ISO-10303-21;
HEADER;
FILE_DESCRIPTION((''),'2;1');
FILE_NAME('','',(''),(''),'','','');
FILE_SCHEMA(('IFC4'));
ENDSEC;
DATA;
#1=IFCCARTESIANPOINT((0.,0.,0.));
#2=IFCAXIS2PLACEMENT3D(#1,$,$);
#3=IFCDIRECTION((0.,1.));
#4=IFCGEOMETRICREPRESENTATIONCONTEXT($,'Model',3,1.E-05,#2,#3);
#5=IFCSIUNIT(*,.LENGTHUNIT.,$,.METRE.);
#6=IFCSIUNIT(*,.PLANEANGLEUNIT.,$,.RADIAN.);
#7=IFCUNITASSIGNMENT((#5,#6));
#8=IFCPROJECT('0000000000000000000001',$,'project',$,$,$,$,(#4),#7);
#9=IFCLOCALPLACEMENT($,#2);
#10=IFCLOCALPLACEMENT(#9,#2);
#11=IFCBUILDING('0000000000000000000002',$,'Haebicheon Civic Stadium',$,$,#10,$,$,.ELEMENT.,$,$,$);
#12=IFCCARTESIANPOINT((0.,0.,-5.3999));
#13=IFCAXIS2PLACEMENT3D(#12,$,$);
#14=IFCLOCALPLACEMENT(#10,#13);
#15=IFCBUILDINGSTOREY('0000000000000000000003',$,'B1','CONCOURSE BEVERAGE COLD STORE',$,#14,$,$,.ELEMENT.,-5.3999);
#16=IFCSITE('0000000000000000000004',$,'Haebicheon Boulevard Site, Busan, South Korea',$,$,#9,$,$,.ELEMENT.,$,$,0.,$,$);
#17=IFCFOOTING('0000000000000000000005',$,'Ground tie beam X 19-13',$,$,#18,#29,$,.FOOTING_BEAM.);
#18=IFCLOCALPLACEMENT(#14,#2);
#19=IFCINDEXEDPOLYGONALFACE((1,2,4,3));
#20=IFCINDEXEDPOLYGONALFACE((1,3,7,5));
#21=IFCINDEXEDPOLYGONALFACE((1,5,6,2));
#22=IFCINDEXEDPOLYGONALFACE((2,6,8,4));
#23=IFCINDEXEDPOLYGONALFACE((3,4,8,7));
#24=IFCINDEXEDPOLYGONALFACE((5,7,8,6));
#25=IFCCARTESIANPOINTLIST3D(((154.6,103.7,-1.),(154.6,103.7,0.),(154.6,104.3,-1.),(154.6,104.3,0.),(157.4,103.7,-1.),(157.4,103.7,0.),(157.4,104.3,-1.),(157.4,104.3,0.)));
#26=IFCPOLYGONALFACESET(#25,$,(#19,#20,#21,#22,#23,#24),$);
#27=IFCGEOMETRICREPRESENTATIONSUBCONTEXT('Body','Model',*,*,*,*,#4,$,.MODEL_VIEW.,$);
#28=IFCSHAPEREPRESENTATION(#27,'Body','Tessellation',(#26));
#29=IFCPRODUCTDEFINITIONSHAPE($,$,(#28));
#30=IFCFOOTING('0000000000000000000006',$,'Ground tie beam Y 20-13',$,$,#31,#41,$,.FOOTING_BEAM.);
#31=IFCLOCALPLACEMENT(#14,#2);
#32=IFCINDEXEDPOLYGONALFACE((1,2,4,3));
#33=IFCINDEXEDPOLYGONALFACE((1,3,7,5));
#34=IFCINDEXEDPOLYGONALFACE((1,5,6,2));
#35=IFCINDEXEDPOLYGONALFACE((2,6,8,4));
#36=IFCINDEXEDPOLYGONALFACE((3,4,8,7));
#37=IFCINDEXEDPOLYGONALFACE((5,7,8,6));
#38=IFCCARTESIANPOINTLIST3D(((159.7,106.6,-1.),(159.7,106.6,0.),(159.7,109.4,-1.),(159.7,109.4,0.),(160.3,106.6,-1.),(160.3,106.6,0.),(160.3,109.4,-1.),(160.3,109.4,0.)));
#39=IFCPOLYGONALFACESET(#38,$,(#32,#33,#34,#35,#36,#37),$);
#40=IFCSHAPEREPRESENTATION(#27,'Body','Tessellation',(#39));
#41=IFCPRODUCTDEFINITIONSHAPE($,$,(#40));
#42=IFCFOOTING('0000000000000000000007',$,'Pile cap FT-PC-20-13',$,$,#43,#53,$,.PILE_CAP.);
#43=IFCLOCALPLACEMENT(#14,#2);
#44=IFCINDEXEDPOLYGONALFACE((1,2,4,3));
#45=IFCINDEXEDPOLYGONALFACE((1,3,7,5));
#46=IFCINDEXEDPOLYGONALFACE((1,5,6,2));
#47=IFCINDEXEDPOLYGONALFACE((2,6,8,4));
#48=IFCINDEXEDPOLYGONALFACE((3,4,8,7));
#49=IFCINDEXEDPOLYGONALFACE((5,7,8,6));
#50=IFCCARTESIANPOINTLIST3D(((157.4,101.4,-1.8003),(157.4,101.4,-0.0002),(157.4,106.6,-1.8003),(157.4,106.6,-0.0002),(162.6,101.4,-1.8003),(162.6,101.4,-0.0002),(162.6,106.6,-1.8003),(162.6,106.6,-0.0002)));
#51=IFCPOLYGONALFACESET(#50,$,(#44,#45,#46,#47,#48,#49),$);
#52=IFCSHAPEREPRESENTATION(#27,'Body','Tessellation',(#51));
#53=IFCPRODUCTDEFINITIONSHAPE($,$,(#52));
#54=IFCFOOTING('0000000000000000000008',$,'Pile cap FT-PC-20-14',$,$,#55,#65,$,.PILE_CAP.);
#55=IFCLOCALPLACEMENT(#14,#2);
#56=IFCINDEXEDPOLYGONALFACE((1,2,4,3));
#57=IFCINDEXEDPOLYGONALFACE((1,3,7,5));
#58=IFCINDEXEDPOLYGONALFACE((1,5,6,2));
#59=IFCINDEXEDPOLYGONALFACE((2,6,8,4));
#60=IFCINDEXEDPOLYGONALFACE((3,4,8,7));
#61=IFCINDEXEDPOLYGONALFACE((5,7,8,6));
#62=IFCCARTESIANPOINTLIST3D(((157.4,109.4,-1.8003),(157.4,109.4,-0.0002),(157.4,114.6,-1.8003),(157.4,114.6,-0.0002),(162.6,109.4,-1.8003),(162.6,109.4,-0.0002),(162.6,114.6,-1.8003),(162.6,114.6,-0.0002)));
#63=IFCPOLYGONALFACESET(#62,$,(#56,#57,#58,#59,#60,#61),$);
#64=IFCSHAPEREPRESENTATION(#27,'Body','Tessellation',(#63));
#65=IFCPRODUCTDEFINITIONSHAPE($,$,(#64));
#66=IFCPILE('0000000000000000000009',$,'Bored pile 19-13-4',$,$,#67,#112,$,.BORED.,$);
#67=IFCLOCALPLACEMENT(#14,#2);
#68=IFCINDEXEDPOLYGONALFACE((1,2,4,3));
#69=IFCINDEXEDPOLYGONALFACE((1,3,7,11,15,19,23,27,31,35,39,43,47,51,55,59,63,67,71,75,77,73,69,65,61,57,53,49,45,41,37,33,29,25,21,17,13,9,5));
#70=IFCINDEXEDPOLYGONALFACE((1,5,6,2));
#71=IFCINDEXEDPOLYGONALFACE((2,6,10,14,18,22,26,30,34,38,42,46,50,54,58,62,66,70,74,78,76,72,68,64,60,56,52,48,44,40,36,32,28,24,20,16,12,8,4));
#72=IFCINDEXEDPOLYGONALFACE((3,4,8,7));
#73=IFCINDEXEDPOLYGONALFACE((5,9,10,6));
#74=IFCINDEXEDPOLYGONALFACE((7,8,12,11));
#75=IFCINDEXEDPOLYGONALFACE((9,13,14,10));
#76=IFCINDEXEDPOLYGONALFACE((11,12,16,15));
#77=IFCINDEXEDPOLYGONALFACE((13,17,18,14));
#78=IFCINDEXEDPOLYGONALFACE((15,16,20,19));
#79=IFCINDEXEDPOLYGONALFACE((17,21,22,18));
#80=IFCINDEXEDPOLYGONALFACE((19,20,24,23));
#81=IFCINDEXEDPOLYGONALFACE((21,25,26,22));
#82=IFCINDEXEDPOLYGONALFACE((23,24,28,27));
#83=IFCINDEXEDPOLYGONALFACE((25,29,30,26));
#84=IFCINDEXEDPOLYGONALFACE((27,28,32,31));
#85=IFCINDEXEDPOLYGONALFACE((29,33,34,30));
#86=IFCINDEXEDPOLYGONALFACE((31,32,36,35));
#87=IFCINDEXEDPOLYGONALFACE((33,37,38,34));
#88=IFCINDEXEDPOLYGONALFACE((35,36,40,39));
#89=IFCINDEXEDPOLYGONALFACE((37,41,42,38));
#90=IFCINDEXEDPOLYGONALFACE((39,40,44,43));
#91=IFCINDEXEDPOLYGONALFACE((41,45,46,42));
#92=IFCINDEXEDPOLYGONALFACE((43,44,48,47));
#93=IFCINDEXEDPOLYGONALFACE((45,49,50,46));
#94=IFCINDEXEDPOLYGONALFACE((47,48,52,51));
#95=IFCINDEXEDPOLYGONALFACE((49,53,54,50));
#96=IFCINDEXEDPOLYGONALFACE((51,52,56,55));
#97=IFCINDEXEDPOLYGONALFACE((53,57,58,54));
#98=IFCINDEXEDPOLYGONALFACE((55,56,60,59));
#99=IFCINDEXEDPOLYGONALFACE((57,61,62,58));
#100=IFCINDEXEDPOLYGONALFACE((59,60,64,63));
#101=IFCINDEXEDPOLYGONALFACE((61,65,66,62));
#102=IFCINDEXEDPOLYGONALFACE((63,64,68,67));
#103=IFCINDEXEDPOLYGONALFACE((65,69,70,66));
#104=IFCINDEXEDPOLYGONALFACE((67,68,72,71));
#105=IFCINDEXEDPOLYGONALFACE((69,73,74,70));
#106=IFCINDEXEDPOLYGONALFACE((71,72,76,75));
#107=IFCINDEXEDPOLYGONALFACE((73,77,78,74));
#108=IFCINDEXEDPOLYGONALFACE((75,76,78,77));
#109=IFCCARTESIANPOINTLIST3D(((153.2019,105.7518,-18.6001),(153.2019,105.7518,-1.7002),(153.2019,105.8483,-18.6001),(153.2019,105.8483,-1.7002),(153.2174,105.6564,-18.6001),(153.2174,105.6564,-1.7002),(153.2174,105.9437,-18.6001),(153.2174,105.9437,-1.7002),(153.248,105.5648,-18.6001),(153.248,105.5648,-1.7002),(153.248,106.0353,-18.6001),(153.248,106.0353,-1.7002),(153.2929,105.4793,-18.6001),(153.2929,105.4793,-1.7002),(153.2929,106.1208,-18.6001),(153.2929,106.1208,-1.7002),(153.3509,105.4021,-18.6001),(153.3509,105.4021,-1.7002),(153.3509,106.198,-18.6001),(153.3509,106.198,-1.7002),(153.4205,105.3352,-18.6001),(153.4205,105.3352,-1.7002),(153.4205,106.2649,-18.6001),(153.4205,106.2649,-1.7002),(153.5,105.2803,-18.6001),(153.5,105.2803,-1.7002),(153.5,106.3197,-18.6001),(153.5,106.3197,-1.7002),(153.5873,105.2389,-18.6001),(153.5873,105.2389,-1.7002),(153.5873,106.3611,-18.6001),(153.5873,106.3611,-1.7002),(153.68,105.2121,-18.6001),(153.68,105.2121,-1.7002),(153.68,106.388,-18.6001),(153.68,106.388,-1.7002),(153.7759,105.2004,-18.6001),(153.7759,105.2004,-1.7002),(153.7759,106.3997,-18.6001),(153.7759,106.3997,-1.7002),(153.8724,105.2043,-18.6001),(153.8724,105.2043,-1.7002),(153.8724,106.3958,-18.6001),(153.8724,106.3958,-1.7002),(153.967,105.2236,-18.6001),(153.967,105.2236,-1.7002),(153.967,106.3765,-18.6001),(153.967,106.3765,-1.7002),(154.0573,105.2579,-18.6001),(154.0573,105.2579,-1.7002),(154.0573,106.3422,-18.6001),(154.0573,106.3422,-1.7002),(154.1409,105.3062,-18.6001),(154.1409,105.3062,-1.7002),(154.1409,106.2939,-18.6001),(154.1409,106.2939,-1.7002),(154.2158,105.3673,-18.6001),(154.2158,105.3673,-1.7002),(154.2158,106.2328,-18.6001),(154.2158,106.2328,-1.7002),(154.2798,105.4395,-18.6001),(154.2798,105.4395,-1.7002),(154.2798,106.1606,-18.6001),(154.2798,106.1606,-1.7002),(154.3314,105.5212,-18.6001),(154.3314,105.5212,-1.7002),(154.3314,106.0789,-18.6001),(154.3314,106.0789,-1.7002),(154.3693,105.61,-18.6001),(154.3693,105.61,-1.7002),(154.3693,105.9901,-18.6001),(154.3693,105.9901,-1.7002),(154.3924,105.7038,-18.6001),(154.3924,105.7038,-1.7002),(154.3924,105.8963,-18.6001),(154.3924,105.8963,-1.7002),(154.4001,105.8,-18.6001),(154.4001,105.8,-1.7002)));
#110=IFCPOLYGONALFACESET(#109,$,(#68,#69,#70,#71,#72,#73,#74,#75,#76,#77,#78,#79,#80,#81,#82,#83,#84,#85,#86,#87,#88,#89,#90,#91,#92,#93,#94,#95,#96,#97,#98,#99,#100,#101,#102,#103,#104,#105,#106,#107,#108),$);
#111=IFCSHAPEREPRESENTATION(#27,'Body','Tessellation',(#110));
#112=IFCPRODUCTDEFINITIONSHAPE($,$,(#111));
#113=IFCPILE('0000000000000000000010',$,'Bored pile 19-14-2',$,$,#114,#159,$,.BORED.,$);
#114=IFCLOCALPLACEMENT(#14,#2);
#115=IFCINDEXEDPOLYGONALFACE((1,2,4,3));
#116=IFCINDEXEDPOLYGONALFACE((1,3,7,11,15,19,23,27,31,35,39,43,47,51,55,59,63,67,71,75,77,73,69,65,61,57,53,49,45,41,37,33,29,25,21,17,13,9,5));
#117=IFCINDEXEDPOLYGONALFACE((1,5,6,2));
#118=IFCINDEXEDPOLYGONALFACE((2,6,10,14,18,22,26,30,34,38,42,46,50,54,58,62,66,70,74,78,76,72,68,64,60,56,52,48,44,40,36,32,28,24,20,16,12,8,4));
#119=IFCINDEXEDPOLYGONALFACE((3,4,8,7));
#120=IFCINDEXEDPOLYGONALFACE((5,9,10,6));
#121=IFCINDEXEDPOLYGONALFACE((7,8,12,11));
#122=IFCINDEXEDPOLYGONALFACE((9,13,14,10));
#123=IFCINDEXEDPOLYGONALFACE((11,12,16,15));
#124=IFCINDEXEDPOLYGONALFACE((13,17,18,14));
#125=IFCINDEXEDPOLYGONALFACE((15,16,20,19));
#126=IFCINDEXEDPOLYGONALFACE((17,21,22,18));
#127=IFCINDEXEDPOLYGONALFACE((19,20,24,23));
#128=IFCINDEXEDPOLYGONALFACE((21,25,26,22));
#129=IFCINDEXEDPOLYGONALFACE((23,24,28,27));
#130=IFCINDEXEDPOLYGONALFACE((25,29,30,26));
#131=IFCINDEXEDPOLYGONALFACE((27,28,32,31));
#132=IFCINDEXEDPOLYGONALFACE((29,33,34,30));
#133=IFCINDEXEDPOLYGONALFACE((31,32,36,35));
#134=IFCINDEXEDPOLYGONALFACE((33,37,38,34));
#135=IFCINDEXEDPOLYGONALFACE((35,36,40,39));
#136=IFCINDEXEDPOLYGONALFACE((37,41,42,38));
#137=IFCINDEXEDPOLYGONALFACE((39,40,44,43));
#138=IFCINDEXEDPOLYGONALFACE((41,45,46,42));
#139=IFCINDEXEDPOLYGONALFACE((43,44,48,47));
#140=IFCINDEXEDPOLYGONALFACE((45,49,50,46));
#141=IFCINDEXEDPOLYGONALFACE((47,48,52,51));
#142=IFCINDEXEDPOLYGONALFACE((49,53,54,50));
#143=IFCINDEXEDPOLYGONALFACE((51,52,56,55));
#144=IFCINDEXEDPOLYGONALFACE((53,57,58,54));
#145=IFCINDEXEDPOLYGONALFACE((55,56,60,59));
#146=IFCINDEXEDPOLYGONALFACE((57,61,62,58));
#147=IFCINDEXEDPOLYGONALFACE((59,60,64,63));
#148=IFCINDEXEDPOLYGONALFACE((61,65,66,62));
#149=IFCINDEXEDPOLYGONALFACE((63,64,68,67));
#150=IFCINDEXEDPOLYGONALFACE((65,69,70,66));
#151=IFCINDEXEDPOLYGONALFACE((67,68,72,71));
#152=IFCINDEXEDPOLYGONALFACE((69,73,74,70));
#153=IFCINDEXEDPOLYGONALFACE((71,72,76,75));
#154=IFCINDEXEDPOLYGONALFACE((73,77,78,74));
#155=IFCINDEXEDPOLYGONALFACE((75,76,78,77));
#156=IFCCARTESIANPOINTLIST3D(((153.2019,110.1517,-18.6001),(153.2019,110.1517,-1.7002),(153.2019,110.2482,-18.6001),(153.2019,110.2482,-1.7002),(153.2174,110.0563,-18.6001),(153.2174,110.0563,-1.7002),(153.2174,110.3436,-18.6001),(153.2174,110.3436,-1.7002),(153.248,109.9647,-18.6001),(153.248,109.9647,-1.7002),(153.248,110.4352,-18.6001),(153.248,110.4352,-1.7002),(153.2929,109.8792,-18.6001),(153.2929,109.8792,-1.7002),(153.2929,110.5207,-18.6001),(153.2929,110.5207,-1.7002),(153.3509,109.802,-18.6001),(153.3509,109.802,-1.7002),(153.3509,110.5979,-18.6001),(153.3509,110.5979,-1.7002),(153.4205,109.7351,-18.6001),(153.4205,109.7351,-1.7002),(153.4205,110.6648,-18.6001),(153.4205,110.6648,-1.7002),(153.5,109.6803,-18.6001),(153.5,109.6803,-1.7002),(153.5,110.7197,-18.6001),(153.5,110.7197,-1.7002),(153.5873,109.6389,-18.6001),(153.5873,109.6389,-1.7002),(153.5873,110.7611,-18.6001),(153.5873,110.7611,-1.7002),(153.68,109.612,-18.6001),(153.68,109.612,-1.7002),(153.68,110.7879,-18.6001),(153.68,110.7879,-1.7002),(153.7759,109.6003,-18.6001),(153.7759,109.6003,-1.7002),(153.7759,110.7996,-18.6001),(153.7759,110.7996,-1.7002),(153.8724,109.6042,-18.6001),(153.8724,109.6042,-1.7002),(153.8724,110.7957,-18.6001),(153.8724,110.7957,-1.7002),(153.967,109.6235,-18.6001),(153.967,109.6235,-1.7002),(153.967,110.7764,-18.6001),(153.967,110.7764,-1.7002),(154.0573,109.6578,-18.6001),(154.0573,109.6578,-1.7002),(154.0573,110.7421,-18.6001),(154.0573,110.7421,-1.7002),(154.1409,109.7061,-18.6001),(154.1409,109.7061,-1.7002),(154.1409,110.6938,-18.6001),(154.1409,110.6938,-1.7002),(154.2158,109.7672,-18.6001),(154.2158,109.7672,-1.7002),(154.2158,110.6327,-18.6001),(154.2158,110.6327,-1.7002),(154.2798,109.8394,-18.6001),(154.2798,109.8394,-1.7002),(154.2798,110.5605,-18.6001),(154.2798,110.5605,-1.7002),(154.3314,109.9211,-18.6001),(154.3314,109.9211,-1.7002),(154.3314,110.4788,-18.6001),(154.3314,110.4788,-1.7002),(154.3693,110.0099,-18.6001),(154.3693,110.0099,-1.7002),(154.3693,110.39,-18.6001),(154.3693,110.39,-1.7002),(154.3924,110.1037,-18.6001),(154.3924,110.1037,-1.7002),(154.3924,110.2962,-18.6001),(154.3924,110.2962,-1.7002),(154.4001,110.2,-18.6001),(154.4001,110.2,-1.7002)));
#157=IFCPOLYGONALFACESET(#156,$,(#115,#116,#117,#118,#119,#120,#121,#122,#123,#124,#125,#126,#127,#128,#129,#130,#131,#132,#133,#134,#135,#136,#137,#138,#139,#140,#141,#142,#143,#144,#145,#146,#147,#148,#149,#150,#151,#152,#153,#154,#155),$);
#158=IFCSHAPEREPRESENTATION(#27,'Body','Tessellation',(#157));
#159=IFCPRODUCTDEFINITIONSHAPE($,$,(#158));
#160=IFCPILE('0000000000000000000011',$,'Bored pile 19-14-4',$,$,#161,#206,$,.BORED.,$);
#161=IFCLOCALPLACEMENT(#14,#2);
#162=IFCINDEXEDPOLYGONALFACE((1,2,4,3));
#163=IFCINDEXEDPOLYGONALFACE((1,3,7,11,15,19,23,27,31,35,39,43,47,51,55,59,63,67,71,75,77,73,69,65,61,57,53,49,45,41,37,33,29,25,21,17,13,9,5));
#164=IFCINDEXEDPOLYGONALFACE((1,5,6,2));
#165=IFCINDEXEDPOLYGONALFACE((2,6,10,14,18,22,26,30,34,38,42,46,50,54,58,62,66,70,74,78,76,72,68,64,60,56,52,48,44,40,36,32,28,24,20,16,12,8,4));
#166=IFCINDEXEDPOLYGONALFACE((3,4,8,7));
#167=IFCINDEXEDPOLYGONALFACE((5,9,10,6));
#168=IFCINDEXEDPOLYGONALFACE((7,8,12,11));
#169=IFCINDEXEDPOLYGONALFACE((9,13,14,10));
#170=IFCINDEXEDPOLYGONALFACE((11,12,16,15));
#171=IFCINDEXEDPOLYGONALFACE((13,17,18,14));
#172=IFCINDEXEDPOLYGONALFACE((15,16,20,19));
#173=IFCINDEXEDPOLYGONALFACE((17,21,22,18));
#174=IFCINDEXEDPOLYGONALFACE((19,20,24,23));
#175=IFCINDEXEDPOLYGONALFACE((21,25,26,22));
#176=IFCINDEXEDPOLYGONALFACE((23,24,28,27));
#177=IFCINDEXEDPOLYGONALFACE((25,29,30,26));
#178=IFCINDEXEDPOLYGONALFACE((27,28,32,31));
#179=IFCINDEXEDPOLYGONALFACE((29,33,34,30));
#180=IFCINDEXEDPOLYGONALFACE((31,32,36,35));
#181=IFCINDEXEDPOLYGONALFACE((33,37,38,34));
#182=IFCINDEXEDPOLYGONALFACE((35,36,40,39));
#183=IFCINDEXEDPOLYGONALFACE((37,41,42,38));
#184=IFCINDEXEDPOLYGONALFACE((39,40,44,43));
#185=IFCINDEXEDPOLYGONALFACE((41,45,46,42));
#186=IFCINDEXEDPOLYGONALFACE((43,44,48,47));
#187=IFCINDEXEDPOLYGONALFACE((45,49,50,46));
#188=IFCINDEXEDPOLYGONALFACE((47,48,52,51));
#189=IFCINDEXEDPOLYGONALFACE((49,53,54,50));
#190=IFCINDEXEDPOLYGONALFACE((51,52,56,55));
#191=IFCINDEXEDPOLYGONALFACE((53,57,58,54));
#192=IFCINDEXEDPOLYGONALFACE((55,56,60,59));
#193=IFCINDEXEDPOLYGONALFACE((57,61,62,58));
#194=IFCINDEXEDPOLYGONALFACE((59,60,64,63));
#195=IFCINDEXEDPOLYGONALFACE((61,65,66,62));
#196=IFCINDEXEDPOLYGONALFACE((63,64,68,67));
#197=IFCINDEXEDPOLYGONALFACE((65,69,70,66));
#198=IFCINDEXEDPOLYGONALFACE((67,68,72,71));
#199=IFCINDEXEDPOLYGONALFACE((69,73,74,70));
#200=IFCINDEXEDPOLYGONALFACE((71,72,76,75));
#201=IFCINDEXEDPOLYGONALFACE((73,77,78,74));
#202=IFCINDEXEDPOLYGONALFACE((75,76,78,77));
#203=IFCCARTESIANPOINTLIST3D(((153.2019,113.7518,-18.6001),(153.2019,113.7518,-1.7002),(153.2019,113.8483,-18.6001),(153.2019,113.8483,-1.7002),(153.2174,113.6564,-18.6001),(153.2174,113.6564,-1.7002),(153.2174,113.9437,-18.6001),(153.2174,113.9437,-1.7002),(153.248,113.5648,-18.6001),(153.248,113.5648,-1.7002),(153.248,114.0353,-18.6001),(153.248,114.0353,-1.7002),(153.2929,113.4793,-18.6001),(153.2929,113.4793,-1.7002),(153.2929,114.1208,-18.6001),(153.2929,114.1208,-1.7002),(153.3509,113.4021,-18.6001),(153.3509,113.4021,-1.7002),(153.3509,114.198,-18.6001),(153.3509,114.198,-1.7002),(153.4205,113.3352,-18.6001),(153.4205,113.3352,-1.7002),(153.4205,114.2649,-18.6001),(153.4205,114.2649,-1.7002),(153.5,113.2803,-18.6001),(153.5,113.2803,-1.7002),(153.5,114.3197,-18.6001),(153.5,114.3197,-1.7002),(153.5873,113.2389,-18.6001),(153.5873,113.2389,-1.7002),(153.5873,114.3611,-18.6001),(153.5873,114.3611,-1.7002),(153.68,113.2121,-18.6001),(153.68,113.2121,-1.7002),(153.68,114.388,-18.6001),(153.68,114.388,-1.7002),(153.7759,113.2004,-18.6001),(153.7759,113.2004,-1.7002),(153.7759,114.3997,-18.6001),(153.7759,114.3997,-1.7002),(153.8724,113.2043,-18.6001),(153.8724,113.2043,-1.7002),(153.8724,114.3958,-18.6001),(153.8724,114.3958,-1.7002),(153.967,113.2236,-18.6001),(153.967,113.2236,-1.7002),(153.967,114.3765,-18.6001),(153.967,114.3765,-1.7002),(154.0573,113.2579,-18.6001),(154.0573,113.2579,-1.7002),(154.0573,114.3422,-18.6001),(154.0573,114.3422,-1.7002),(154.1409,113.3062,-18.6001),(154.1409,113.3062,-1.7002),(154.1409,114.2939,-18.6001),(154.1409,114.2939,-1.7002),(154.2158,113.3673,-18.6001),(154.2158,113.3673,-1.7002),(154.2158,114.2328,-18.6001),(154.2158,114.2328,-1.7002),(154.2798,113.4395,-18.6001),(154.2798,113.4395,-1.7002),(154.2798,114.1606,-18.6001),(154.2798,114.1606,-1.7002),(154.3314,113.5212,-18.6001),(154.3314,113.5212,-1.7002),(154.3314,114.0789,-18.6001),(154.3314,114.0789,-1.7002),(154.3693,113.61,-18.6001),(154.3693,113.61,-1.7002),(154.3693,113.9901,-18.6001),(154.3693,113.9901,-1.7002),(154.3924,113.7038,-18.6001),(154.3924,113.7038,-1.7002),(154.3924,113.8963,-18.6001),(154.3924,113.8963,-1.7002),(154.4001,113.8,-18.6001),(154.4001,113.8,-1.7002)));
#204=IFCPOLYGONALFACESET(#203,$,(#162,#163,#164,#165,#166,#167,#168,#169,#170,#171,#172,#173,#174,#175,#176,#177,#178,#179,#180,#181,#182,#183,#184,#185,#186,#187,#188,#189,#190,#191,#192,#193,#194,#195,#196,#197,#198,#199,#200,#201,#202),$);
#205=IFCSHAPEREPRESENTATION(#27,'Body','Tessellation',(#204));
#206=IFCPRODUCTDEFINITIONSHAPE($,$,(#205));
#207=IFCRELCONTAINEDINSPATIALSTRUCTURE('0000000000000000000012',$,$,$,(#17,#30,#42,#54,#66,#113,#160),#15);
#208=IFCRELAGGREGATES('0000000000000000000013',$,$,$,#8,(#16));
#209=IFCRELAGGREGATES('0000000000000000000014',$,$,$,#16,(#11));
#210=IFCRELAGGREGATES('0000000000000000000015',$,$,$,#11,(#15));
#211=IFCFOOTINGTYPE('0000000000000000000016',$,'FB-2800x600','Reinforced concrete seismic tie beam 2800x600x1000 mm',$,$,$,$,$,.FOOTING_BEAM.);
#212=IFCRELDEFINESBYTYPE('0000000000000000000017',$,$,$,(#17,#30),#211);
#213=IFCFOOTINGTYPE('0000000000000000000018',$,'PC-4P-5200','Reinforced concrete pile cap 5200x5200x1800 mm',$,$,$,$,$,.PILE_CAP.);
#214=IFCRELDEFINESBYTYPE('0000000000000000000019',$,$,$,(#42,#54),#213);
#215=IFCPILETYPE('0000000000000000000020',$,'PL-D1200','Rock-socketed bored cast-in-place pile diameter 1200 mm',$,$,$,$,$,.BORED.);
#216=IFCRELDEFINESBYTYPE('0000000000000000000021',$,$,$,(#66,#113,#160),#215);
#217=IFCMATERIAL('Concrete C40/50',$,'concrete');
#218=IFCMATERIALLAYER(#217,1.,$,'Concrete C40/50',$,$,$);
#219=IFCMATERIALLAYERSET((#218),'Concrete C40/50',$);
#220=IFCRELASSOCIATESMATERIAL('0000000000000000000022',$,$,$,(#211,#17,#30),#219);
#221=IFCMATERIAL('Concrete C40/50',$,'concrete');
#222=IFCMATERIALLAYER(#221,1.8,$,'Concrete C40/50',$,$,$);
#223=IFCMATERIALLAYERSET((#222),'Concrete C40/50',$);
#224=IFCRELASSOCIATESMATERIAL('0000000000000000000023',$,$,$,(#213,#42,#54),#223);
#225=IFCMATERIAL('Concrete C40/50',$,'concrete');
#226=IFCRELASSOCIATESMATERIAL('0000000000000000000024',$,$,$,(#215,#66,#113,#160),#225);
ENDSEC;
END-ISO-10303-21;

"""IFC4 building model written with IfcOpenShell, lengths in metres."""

from ifc_helpers import new_model, si_unit, direction, frame, origin, origin_2d, place, context, subcontext, project, spatial, rectangle, circle, extrude, material, layer, layer_set, material_profile, profile_set, type_object, element, save


model = new_model("IFC4")

# Units and contexts
model_context = context("Model", 3, precision=1e-05, world=origin(), true_north=direction((0.0, 1.0)))
body_context = subcontext(model_context, "Body", "Model", "MODEL_VIEW")
ifc_project = project(units=[si_unit("LENGTHUNIT", "METRE"), si_unit("PLANEANGLEUNIT", "RADIAN")], contexts=[model_context])

# Site, building, storey
site_placement = place(None, origin())
site = spatial("IfcSite", under=ifc_project, at=site_placement, Name="Haebicheon Boulevard Site, Busan, South Korea", CompositionType="ELEMENT", RefElevation=0.0)
building_placement = place(site_placement, origin())
building = spatial("IfcBuilding", under=site, at=building_placement, Name="Haebicheon Civic Stadium", CompositionType="ELEMENT")
storey_placement = place(building_placement, frame((0.0, 0.0, -5.3999)))
storey = spatial("IfcBuildingStorey", under=building, at=storey_placement, Name="B1", Description="CONCOURSE BEVERAGE COLD STORE", CompositionType="ELEMENT", Elevation=-5.3999)

# Footings
ifc_material_1 = material(Name="Concrete C40/50", Category="concrete")
ifc_layer_1 = layer(ifc_material_1, 1.0, Name="Concrete C40/50")
ifc_layer_set_1 = layer_set([ifc_layer_1], Name="Concrete C40/50")
footing_type_1 = type_object("IfcFootingType", Name="FB-2800x600", Description="Reinforced concrete seismic tie beam 2800x600x1000 mm", PredefinedType="FOOTING_BEAM", material=ifc_layer_set_1)
for number, where, z_axis, x_axis, name in (
    (1, (156.0, 104.0, -1.0), (0.0, 0.0, 1.0), (1.0, 0.0, 0.0), "Ground tie beam X 19-13"),
    (2, (160.0, 108.0, -1.0), (0.0, 0.0, 1.0), (0.0, 1.0, 0.0), "Ground tie beam Y 20-13"),
):
    element("IfcFooting", number, at=place(storey_placement, frame(where, z_axis=z_axis, x_axis=x_axis)), inside=storey, type_object=footing_type_1, material=ifc_layer_set_1, Name=name, PredefinedType="FOOTING_BEAM", context=body_context, shape_type="SweptSolid", body=[
        extrude(rectangle(XDim=2.8, YDim=0.6001, at=origin_2d()), origin(), (0.0, 0.0, 1.0), 1.0),
    ])
ifc_material_2 = material(Name="Concrete C40/50", Category="concrete")
ifc_layer_2 = layer(ifc_material_2, 1.8, Name="Concrete C40/50")
ifc_layer_set_2 = layer_set([ifc_layer_2], Name="Concrete C40/50")
footing_type_2 = type_object("IfcFootingType", Name="PC-4P-5200", Description="Reinforced concrete pile cap 5200x5200x1800 mm", PredefinedType="PILE_CAP", material=ifc_layer_set_2)
for number, where, z_axis, x_axis, name in (
    (3, (160.0, 104.0, -1.8003), (0.0, 0.0, 1.0), (1.0, 0.0, 0.0), "Pile cap FT-PC-20-13"),
    (4, (160.0, 112.0, -1.8003), (0.0, 0.0, 1.0), (1.0, 0.0, 0.0), "Pile cap FT-PC-20-14"),
):
    element("IfcFooting", number, at=place(storey_placement, frame(where, z_axis=z_axis, x_axis=x_axis)), inside=storey, type_object=footing_type_2, material=ifc_layer_set_2, Name=name, PredefinedType="PILE_CAP", context=body_context, shape_type="SweptSolid", body=[
        extrude(rectangle(XDim=5.2, YDim=5.2, at=origin_2d()), origin(), (0.0, 0.0, 1.0), 1.8),
    ])

# Piles
ifc_material_3 = material(Name="Concrete C40/50", Category="concrete")
ifc_material_profile_1 = material_profile(ifc_material_3, circle(Radius=0.6001, at=origin_2d()), Name="PILE-D1200")
ifc_profile_set_1 = profile_set([ifc_material_profile_1], Name="Concrete C40/50")
pile_type = type_object("IfcPileType", Name="PL-D1200", Description="Rock-socketed bored cast-in-place pile diameter 1200 mm", PredefinedType="BORED", material=ifc_profile_set_1)
for number, where, z_axis, x_axis, name in (
    (5, (153.8, 105.8, -1.7002), (0.0, 0.0, -1.0), (1.0, 0.0, 0.0), "Bored pile 19-13-4"),
    (6, (153.8, 110.2, -1.7002), (0.0, 0.0, -1.0), (1.0, 0.0, 0.0), "Bored pile 19-14-2"),
    (7, (153.8, 113.8, -1.7002), (0.0, 0.0, -1.0), (1.0, 0.0, 0.0), "Bored pile 19-14-4"),
):
    element("IfcPile", number, at=place(storey_placement, frame(where, z_axis=z_axis, x_axis=x_axis)), inside=storey, type_object=pile_type, material=ifc_profile_set_1, Name=name, PredefinedType="BORED", context=body_context, shape_type="SweptSolid", body=[
        extrude(circle(Radius=0.6001, at=origin_2d()), origin(), (0.0, 0.0, 1.0), 16.8999),
    ])

save(model, "model.ifc")
